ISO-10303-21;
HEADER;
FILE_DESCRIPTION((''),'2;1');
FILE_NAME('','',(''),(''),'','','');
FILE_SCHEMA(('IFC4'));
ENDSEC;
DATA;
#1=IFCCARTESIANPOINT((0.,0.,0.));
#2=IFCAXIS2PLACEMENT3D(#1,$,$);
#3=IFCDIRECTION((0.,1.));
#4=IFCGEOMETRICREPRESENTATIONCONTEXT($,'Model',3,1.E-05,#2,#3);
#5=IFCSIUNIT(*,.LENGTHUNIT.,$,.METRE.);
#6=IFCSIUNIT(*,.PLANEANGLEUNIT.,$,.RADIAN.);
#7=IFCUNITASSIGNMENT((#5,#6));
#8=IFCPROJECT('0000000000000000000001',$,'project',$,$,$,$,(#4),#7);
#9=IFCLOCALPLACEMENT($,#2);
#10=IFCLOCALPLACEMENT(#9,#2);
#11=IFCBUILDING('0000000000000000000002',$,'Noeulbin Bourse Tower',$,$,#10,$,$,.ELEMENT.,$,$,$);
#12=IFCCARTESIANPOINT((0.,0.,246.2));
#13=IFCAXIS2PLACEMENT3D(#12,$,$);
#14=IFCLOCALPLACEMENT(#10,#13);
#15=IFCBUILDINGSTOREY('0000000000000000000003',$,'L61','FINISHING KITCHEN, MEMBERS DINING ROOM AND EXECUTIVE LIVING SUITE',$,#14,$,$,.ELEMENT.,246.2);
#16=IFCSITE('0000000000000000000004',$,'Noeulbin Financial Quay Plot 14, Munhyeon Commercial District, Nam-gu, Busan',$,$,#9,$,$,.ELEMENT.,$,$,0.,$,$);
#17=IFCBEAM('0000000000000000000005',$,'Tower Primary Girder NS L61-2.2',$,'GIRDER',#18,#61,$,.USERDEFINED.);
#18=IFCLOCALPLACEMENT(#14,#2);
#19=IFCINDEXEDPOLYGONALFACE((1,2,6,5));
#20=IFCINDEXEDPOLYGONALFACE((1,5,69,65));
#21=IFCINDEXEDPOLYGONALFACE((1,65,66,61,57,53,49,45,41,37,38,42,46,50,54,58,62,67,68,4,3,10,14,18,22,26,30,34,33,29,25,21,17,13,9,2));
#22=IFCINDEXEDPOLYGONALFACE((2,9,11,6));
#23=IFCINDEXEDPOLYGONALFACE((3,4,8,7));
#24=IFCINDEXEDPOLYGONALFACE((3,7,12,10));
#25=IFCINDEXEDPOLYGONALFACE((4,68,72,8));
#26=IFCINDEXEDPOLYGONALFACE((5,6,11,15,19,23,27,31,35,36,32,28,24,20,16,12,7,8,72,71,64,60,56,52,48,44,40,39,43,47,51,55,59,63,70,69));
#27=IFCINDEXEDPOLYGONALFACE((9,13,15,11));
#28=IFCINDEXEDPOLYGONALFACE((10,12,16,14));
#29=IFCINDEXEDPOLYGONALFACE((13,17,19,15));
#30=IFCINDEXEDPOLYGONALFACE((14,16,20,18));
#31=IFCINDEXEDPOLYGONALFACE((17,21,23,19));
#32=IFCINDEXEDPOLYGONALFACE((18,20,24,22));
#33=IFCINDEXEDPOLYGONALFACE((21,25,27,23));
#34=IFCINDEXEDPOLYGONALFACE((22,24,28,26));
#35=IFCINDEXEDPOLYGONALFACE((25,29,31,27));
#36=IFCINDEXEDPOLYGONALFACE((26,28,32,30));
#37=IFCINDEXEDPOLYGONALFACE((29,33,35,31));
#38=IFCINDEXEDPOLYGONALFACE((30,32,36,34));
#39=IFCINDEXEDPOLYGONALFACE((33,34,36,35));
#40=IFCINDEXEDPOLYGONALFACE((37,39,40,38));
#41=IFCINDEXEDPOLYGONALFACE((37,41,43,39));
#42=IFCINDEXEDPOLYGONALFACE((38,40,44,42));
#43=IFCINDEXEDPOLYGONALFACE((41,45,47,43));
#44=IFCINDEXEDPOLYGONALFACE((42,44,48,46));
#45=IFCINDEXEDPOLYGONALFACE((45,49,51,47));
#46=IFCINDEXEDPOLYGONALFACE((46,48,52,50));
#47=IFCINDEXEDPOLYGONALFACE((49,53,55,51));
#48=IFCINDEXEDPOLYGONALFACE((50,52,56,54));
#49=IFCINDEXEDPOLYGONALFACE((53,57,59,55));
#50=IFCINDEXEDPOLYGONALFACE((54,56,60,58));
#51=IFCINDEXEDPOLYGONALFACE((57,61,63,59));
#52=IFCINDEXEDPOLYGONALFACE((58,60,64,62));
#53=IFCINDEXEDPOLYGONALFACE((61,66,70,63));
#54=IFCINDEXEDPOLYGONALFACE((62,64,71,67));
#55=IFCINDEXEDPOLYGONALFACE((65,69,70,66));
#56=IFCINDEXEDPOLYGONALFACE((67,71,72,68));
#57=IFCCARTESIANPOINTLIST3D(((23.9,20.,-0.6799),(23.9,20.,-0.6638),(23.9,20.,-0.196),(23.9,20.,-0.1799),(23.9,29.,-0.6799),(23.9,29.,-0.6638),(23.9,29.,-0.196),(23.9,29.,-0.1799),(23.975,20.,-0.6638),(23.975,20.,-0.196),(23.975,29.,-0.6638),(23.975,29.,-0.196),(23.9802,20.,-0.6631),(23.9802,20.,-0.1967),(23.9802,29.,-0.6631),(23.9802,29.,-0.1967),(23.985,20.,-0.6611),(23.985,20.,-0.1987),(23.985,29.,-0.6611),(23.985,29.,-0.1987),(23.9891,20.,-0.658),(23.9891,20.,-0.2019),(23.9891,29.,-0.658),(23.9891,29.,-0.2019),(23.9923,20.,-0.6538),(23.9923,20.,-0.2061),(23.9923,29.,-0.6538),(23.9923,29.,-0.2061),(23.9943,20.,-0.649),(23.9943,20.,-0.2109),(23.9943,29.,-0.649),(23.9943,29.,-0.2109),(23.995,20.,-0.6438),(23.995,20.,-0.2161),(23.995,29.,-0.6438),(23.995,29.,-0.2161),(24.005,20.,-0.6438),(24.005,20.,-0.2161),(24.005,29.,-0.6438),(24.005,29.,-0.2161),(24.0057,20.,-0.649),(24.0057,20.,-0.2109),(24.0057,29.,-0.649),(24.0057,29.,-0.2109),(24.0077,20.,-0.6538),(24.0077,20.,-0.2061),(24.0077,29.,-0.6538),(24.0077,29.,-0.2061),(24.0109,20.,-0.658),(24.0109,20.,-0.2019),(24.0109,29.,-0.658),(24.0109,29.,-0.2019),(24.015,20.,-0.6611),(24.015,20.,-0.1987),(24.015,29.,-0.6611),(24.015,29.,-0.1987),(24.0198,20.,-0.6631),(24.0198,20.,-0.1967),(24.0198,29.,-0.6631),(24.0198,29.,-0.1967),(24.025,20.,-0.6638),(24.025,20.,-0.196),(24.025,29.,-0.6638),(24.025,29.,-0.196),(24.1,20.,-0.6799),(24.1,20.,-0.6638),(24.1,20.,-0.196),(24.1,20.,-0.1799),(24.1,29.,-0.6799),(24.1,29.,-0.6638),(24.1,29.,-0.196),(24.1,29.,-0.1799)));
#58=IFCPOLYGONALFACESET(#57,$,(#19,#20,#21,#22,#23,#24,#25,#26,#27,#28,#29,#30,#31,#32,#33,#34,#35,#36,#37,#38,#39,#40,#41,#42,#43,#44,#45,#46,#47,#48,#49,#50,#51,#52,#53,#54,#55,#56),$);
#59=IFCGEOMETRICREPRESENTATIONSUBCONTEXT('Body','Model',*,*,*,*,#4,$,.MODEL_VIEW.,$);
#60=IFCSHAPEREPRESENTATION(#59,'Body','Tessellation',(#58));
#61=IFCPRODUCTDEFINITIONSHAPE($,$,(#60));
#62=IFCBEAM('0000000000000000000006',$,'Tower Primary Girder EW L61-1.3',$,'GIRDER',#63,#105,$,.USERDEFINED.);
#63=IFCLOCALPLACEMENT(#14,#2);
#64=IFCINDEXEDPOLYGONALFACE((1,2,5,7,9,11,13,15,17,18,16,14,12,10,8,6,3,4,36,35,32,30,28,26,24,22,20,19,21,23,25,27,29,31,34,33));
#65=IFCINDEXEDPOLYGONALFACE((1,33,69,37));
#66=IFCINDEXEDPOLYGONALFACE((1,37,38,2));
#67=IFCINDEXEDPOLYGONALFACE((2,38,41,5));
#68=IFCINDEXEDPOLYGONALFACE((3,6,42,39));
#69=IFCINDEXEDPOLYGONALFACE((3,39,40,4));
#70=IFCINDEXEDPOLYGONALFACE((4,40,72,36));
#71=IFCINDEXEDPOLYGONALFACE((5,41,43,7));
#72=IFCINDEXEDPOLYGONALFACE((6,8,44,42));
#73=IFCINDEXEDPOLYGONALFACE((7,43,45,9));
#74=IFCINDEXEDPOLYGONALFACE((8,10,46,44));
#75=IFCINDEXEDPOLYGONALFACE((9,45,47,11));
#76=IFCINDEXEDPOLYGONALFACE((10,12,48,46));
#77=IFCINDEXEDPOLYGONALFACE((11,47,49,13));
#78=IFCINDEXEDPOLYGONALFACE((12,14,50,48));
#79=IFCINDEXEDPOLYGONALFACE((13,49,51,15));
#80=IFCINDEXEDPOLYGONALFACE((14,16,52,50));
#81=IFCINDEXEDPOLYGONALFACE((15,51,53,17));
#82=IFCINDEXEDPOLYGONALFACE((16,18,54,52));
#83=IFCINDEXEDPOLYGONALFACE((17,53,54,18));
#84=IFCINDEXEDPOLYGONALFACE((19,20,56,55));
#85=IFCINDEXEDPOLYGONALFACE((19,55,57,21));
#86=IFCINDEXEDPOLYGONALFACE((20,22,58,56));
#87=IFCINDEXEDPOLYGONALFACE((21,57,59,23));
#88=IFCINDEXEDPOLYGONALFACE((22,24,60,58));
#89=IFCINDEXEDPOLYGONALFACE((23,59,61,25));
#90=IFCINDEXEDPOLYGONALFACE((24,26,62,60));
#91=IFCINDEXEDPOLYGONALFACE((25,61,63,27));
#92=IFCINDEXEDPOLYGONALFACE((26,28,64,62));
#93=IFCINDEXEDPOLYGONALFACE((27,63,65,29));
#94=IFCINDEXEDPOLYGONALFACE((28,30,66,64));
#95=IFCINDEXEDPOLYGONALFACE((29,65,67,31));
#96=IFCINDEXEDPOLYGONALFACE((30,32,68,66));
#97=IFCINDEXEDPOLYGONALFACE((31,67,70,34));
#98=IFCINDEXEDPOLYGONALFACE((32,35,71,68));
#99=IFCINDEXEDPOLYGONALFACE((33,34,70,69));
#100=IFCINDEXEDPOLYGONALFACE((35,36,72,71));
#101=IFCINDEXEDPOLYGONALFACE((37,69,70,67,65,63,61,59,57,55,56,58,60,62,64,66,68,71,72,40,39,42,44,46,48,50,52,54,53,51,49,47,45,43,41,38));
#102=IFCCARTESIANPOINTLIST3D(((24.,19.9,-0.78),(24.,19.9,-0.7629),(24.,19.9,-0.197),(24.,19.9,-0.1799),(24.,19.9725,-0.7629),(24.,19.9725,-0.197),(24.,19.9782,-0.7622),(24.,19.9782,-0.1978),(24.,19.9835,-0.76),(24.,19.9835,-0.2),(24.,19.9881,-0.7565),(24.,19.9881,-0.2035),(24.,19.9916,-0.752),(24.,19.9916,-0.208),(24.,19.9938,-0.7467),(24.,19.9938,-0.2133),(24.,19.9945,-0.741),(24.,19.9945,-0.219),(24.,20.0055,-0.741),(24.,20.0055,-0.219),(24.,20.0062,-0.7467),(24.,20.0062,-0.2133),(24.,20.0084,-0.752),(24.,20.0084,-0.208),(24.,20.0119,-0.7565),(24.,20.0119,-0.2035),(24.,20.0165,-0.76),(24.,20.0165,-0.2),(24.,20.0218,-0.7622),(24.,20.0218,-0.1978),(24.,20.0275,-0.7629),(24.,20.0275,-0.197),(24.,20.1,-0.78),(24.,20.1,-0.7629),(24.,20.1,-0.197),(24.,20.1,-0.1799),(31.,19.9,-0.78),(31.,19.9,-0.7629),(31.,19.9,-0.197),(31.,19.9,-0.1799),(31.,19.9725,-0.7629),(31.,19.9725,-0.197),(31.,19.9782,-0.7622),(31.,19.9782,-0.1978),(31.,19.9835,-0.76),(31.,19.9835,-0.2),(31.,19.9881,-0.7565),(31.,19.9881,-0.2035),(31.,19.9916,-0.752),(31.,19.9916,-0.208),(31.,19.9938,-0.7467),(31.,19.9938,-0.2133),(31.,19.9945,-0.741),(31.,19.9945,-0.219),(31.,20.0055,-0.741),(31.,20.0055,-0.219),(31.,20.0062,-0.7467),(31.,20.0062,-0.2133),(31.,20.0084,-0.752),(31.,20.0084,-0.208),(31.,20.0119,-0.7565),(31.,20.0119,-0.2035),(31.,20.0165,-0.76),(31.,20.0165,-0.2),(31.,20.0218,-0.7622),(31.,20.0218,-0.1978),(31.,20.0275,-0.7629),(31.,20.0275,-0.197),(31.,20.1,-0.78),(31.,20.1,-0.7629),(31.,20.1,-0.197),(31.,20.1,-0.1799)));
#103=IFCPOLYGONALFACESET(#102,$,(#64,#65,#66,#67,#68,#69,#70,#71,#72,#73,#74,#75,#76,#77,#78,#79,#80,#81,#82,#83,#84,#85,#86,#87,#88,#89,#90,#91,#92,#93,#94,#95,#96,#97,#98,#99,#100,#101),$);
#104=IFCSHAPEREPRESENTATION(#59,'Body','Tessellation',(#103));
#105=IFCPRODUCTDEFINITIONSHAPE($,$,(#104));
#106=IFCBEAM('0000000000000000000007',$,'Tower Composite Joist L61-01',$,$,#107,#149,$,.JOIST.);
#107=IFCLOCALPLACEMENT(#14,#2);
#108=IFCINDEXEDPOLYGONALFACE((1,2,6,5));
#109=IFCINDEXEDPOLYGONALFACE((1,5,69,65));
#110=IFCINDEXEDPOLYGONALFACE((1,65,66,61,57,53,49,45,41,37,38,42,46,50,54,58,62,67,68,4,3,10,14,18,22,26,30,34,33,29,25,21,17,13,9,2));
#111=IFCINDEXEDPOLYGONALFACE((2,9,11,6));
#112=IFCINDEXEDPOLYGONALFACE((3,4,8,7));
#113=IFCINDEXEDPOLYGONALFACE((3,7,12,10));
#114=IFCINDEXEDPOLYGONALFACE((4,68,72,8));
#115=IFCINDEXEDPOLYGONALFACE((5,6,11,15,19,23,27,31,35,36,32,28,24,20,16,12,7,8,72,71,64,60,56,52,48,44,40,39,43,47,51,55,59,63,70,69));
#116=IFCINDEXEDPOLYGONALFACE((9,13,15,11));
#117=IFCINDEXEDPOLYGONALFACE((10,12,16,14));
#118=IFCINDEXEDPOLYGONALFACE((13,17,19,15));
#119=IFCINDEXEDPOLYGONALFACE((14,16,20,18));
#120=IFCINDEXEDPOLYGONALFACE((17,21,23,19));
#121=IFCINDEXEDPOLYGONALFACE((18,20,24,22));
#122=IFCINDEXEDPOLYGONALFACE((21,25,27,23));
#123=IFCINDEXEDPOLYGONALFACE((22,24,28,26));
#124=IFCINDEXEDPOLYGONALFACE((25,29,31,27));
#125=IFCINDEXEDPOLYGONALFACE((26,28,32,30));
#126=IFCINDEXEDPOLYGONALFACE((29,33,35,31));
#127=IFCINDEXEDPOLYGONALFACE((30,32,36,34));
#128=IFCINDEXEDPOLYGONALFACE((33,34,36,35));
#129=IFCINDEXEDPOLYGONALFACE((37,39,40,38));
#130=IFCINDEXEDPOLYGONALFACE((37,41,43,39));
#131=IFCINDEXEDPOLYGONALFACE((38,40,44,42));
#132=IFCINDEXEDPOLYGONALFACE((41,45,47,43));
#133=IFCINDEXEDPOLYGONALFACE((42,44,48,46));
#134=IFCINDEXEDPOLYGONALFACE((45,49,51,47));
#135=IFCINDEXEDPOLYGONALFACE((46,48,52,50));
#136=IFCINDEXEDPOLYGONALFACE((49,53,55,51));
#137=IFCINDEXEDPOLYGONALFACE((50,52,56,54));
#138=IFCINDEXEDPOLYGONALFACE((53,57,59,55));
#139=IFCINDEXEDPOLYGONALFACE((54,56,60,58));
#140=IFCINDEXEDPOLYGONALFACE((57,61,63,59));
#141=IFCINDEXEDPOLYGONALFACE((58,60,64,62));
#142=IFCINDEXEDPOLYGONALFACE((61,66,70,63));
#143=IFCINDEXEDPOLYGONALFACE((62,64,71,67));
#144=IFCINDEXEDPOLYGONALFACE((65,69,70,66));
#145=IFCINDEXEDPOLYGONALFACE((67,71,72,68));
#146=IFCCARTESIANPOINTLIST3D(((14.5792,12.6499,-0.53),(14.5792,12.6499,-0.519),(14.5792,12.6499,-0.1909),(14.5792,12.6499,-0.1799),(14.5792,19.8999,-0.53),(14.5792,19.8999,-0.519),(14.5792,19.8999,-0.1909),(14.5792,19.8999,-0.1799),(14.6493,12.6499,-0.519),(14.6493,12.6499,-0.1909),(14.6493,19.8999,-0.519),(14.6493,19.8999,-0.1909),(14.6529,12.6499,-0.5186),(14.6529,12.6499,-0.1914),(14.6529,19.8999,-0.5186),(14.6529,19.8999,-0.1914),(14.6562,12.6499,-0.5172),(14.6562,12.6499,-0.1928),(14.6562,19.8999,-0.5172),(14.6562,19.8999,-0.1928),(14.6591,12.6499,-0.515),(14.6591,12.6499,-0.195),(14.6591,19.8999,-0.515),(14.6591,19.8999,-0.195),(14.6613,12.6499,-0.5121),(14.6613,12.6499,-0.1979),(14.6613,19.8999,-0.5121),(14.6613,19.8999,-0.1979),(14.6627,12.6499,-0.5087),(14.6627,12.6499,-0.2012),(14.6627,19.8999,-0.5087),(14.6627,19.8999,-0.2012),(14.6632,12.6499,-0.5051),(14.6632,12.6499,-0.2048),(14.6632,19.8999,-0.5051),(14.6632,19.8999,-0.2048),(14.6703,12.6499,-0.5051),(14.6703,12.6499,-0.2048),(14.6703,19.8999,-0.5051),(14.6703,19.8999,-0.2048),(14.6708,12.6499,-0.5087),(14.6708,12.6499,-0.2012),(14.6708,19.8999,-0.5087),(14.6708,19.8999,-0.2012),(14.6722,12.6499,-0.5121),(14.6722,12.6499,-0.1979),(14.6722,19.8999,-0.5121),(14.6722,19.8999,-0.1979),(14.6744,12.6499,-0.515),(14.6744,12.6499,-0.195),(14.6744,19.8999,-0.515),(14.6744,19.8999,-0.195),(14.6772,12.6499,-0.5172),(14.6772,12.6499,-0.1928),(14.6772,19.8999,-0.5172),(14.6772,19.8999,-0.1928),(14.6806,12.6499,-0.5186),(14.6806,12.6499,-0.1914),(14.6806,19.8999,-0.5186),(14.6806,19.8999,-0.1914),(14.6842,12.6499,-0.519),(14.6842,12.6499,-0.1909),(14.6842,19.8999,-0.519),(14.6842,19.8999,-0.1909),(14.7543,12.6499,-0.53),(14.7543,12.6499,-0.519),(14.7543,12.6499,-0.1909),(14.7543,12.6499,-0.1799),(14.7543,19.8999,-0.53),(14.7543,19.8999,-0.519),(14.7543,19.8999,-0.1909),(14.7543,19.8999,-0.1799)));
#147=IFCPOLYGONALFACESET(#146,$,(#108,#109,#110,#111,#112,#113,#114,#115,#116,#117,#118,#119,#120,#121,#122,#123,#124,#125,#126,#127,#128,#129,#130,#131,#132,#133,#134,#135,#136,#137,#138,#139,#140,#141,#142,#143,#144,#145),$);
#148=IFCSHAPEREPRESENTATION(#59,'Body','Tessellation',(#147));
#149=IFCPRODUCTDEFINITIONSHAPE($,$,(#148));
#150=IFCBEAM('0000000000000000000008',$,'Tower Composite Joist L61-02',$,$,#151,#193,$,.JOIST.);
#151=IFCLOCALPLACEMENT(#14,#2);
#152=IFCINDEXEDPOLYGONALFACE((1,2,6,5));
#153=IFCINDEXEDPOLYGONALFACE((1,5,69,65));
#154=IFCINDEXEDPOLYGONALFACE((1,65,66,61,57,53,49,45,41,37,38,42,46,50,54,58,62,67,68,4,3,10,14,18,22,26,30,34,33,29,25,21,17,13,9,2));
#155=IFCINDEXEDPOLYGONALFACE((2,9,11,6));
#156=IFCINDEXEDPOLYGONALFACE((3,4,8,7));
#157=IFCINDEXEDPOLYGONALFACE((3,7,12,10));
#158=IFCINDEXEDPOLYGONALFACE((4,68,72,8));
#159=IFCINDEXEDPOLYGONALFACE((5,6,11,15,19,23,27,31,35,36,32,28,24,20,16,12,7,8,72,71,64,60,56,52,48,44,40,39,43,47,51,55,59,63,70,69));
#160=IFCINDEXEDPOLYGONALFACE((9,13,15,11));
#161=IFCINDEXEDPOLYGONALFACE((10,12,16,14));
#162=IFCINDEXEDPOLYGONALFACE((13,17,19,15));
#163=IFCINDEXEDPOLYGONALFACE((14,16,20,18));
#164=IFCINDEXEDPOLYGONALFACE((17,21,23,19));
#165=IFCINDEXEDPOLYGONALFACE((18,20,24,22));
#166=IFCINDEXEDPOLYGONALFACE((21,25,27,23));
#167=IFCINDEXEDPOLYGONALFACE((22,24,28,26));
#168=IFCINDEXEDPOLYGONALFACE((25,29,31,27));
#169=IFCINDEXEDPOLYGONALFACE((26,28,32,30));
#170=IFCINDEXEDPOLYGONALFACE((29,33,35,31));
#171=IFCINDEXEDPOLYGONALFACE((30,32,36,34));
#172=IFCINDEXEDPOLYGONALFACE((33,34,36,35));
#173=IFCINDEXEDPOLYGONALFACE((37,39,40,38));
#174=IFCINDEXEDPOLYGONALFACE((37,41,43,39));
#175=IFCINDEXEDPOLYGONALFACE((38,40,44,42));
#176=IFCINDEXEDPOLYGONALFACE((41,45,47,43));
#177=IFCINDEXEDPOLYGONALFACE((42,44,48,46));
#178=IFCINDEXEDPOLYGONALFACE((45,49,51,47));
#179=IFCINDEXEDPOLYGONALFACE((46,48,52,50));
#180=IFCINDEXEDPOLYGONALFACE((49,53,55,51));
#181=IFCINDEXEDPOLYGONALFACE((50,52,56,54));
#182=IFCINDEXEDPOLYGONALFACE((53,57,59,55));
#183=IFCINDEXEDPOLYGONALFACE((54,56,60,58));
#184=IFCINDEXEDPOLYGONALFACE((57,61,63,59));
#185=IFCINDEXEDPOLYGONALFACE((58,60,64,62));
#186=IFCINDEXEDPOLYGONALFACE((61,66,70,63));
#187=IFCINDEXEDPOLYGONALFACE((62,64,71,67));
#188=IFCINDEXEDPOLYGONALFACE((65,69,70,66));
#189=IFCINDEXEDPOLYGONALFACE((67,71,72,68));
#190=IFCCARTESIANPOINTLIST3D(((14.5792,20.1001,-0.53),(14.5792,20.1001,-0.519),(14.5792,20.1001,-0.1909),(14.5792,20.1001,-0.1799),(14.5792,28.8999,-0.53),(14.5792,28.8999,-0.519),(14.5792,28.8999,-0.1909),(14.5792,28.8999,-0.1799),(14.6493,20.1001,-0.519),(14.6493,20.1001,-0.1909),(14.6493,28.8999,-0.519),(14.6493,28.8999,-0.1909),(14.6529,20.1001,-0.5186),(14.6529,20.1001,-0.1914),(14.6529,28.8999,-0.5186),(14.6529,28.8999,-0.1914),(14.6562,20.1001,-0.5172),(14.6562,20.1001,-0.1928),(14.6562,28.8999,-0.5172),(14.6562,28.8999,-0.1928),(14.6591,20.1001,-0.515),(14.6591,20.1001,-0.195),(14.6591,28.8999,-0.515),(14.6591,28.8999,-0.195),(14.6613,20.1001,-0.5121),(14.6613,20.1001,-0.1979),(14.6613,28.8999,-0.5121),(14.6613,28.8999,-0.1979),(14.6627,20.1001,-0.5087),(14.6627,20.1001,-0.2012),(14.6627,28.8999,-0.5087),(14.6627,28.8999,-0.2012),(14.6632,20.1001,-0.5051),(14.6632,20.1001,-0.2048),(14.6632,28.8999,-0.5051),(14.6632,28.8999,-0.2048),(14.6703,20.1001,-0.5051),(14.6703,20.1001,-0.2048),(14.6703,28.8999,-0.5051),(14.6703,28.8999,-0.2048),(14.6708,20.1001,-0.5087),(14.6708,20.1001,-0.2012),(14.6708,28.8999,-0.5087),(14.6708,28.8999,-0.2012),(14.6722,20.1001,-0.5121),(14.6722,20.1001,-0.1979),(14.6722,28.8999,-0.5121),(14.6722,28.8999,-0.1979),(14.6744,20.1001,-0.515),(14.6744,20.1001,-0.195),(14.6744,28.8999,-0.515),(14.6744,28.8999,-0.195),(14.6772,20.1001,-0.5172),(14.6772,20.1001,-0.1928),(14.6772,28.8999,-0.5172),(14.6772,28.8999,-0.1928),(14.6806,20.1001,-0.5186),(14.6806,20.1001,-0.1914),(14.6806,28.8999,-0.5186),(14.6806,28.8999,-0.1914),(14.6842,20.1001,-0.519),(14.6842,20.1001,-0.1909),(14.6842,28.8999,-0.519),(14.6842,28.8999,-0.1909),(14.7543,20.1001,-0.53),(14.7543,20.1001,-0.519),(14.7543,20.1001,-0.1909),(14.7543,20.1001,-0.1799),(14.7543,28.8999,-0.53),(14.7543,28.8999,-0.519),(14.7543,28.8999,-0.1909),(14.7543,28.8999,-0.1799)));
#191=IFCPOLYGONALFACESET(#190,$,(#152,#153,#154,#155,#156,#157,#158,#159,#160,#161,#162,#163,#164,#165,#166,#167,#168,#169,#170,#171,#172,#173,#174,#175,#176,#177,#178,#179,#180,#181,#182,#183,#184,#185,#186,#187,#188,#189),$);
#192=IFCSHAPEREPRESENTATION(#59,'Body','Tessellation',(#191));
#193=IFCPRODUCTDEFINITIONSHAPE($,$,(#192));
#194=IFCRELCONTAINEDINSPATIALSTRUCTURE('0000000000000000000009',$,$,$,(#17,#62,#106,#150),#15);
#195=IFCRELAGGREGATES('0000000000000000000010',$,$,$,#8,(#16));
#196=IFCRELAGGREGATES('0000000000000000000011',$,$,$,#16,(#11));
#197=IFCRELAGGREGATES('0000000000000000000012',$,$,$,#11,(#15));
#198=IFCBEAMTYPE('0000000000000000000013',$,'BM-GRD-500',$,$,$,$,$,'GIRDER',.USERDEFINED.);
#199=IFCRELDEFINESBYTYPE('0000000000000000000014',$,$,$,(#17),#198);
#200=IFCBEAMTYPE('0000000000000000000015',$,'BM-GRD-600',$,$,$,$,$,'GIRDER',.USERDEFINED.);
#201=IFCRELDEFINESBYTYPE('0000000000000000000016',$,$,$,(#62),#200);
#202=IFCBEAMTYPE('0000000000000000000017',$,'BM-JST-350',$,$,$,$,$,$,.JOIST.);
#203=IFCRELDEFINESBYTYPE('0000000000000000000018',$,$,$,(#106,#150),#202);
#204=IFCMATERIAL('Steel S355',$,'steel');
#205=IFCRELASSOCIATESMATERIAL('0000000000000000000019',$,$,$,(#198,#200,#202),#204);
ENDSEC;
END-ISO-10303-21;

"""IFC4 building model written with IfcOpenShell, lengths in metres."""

from ifc_helpers import new_model, si_unit, direction, frame, origin, origin_2d, place, context, subcontext, project, spatial, i_section, extrude, material, material_profile, profile_set, type_object, element, save


model = new_model("IFC4")

# Units and contexts
model_context = context("Model", 3, precision=1e-05, world=origin(), true_north=direction((0.0, 1.0)))
body_context = subcontext(model_context, "Body", "Model", "MODEL_VIEW")
ifc_project = project(units=[si_unit("LENGTHUNIT", "METRE"), si_unit("PLANEANGLEUNIT", "RADIAN")], contexts=[model_context])

# Site, building, storey
site_placement = place(None, origin())
site = spatial("IfcSite", under=ifc_project, at=site_placement, Name="Noeulbin Financial Quay Plot 14, Munhyeon Commercial District, Nam-gu, Busan", CompositionType="ELEMENT", RefElevation=0.0)
building_placement = place(site_placement, origin())
building = spatial("IfcBuilding", under=site, at=building_placement, Name="Noeulbin Bourse Tower", CompositionType="ELEMENT")
storey_placement = place(building_placement, frame((0.0, 0.0, 246.2)))
storey = spatial("IfcBuildingStorey", under=building, at=storey_placement, Name="L61", Description="FINISHING KITCHEN, MEMBERS DINING ROOM AND EXECUTIVE LIVING SUITE", CompositionType="ELEMENT", Elevation=246.2)

# Shared definitions
ifc_material_1 = material(Name="Steel S355", Category="steel")

# Beams
ifc_material_profile_1 = material_profile(ifc_material_1, i_section(OverallWidth=0.2, OverallDepth=0.5, WebThickness=0.01, FlangeThickness=0.0161, FilletRadius=0.02, at=origin_2d()), Name="H-500x200x10x16", Category="LoadBearing")
ifc_profile_set_1 = profile_set([ifc_material_profile_1], Name="Steel S355")
beam_type_1 = type_object("IfcBeamType", Name="BM-GRD-500", ElementType="GIRDER", PredefinedType="USERDEFINED", material=ifc_profile_set_1)
beam_1_placement = place(storey_placement, frame((24.0, 20.0, -0.4299), z_axis=(0.0, 1.0, 0.0), x_axis=(-1.0, 0.0, 0.0)))
element("IfcBeam", 1, at=beam_1_placement, inside=storey, type_object=beam_type_1, Name="Tower Primary Girder NS L61-2.2", ObjectType="GIRDER", PredefinedType="USERDEFINED", context=body_context, shape_type="SweptSolid", body=[
    extrude(i_section(OverallWidth=0.2, OverallDepth=0.5, WebThickness=0.01, FlangeThickness=0.0161, FilletRadius=0.02, at=origin_2d()), origin(), (0.0, 0.0, 1.0), 9.0),
])
ifc_material_profile_2 = material_profile(ifc_material_1, i_section(OverallWidth=0.2, OverallDepth=0.6001, WebThickness=0.011, FlangeThickness=0.0171, FilletRadius=0.022, at=origin_2d()), Name="H-600x200x11x17", Category="LoadBearing")
ifc_profile_set_2 = profile_set([ifc_material_profile_2], Name="Steel S355")
beam_type_2 = type_object("IfcBeamType", Name="BM-GRD-600", ElementType="GIRDER", PredefinedType="USERDEFINED", material=ifc_profile_set_2)
beam_2_placement = place(storey_placement, frame((24.0, 20.0, -0.48), z_axis=(1.0, 0.0, 0.0), x_axis=(0.0, 1.0, 0.0)))
element("IfcBeam", 2, at=beam_2_placement, inside=storey, type_object=beam_type_2, Name="Tower Primary Girder EW L61-1.3", ObjectType="GIRDER", PredefinedType="USERDEFINED", context=body_context, shape_type="SweptSolid", body=[
    extrude(i_section(OverallWidth=0.2, OverallDepth=0.6001, WebThickness=0.011, FlangeThickness=0.0171, FilletRadius=0.022, at=origin_2d()), origin(), (0.0, 0.0, 1.0), 7.0),
])
ifc_material_profile_3 = material_profile(ifc_material_1, i_section(OverallWidth=0.175, OverallDepth=0.3501, WebThickness=0.0071, FlangeThickness=0.011, FilletRadius=0.0139, at=origin_2d()), Name="H-350x175x7x11", Category="LoadBearing")
ifc_profile_set_3 = profile_set([ifc_material_profile_3], Name="Steel S355")
beam_type_3 = type_object("IfcBeamType", Name="BM-JST-350", PredefinedType="JOIST", material=ifc_profile_set_3)
beam_3_placement = place(storey_placement, frame((14.6667, 12.6499, -0.355), z_axis=(0.0, 1.0, 0.0), x_axis=(-1.0, 0.0, 0.0)))
element("IfcBeam", 3, at=beam_3_placement, inside=storey, type_object=beam_type_3, Name="Tower Composite Joist L61-01", PredefinedType="JOIST", context=body_context, shape_type="SweptSolid", body=[
    extrude(i_section(OverallWidth=0.175, OverallDepth=0.3501, WebThickness=0.0071, FlangeThickness=0.011, FilletRadius=0.0139, at=origin_2d()), origin(), (0.0, 0.0, 1.0), 7.25),
])
beam_4_placement = place(storey_placement, frame((14.6667, 20.1001, -0.355), z_axis=(0.0, 1.0, 0.0), x_axis=(-1.0, 0.0, 0.0)))
element("IfcBeam", 4, at=beam_4_placement, inside=storey, type_object=beam_type_3, Name="Tower Composite Joist L61-02", PredefinedType="JOIST", context=body_context, shape_type="SweptSolid", body=[
    extrude(i_section(OverallWidth=0.175, OverallDepth=0.3501, WebThickness=0.0071, FlangeThickness=0.011, FilletRadius=0.0139, at=origin_2d()), origin(), (0.0, 0.0, 1.0), 8.7998),
])

save(model, "model.ifc")
